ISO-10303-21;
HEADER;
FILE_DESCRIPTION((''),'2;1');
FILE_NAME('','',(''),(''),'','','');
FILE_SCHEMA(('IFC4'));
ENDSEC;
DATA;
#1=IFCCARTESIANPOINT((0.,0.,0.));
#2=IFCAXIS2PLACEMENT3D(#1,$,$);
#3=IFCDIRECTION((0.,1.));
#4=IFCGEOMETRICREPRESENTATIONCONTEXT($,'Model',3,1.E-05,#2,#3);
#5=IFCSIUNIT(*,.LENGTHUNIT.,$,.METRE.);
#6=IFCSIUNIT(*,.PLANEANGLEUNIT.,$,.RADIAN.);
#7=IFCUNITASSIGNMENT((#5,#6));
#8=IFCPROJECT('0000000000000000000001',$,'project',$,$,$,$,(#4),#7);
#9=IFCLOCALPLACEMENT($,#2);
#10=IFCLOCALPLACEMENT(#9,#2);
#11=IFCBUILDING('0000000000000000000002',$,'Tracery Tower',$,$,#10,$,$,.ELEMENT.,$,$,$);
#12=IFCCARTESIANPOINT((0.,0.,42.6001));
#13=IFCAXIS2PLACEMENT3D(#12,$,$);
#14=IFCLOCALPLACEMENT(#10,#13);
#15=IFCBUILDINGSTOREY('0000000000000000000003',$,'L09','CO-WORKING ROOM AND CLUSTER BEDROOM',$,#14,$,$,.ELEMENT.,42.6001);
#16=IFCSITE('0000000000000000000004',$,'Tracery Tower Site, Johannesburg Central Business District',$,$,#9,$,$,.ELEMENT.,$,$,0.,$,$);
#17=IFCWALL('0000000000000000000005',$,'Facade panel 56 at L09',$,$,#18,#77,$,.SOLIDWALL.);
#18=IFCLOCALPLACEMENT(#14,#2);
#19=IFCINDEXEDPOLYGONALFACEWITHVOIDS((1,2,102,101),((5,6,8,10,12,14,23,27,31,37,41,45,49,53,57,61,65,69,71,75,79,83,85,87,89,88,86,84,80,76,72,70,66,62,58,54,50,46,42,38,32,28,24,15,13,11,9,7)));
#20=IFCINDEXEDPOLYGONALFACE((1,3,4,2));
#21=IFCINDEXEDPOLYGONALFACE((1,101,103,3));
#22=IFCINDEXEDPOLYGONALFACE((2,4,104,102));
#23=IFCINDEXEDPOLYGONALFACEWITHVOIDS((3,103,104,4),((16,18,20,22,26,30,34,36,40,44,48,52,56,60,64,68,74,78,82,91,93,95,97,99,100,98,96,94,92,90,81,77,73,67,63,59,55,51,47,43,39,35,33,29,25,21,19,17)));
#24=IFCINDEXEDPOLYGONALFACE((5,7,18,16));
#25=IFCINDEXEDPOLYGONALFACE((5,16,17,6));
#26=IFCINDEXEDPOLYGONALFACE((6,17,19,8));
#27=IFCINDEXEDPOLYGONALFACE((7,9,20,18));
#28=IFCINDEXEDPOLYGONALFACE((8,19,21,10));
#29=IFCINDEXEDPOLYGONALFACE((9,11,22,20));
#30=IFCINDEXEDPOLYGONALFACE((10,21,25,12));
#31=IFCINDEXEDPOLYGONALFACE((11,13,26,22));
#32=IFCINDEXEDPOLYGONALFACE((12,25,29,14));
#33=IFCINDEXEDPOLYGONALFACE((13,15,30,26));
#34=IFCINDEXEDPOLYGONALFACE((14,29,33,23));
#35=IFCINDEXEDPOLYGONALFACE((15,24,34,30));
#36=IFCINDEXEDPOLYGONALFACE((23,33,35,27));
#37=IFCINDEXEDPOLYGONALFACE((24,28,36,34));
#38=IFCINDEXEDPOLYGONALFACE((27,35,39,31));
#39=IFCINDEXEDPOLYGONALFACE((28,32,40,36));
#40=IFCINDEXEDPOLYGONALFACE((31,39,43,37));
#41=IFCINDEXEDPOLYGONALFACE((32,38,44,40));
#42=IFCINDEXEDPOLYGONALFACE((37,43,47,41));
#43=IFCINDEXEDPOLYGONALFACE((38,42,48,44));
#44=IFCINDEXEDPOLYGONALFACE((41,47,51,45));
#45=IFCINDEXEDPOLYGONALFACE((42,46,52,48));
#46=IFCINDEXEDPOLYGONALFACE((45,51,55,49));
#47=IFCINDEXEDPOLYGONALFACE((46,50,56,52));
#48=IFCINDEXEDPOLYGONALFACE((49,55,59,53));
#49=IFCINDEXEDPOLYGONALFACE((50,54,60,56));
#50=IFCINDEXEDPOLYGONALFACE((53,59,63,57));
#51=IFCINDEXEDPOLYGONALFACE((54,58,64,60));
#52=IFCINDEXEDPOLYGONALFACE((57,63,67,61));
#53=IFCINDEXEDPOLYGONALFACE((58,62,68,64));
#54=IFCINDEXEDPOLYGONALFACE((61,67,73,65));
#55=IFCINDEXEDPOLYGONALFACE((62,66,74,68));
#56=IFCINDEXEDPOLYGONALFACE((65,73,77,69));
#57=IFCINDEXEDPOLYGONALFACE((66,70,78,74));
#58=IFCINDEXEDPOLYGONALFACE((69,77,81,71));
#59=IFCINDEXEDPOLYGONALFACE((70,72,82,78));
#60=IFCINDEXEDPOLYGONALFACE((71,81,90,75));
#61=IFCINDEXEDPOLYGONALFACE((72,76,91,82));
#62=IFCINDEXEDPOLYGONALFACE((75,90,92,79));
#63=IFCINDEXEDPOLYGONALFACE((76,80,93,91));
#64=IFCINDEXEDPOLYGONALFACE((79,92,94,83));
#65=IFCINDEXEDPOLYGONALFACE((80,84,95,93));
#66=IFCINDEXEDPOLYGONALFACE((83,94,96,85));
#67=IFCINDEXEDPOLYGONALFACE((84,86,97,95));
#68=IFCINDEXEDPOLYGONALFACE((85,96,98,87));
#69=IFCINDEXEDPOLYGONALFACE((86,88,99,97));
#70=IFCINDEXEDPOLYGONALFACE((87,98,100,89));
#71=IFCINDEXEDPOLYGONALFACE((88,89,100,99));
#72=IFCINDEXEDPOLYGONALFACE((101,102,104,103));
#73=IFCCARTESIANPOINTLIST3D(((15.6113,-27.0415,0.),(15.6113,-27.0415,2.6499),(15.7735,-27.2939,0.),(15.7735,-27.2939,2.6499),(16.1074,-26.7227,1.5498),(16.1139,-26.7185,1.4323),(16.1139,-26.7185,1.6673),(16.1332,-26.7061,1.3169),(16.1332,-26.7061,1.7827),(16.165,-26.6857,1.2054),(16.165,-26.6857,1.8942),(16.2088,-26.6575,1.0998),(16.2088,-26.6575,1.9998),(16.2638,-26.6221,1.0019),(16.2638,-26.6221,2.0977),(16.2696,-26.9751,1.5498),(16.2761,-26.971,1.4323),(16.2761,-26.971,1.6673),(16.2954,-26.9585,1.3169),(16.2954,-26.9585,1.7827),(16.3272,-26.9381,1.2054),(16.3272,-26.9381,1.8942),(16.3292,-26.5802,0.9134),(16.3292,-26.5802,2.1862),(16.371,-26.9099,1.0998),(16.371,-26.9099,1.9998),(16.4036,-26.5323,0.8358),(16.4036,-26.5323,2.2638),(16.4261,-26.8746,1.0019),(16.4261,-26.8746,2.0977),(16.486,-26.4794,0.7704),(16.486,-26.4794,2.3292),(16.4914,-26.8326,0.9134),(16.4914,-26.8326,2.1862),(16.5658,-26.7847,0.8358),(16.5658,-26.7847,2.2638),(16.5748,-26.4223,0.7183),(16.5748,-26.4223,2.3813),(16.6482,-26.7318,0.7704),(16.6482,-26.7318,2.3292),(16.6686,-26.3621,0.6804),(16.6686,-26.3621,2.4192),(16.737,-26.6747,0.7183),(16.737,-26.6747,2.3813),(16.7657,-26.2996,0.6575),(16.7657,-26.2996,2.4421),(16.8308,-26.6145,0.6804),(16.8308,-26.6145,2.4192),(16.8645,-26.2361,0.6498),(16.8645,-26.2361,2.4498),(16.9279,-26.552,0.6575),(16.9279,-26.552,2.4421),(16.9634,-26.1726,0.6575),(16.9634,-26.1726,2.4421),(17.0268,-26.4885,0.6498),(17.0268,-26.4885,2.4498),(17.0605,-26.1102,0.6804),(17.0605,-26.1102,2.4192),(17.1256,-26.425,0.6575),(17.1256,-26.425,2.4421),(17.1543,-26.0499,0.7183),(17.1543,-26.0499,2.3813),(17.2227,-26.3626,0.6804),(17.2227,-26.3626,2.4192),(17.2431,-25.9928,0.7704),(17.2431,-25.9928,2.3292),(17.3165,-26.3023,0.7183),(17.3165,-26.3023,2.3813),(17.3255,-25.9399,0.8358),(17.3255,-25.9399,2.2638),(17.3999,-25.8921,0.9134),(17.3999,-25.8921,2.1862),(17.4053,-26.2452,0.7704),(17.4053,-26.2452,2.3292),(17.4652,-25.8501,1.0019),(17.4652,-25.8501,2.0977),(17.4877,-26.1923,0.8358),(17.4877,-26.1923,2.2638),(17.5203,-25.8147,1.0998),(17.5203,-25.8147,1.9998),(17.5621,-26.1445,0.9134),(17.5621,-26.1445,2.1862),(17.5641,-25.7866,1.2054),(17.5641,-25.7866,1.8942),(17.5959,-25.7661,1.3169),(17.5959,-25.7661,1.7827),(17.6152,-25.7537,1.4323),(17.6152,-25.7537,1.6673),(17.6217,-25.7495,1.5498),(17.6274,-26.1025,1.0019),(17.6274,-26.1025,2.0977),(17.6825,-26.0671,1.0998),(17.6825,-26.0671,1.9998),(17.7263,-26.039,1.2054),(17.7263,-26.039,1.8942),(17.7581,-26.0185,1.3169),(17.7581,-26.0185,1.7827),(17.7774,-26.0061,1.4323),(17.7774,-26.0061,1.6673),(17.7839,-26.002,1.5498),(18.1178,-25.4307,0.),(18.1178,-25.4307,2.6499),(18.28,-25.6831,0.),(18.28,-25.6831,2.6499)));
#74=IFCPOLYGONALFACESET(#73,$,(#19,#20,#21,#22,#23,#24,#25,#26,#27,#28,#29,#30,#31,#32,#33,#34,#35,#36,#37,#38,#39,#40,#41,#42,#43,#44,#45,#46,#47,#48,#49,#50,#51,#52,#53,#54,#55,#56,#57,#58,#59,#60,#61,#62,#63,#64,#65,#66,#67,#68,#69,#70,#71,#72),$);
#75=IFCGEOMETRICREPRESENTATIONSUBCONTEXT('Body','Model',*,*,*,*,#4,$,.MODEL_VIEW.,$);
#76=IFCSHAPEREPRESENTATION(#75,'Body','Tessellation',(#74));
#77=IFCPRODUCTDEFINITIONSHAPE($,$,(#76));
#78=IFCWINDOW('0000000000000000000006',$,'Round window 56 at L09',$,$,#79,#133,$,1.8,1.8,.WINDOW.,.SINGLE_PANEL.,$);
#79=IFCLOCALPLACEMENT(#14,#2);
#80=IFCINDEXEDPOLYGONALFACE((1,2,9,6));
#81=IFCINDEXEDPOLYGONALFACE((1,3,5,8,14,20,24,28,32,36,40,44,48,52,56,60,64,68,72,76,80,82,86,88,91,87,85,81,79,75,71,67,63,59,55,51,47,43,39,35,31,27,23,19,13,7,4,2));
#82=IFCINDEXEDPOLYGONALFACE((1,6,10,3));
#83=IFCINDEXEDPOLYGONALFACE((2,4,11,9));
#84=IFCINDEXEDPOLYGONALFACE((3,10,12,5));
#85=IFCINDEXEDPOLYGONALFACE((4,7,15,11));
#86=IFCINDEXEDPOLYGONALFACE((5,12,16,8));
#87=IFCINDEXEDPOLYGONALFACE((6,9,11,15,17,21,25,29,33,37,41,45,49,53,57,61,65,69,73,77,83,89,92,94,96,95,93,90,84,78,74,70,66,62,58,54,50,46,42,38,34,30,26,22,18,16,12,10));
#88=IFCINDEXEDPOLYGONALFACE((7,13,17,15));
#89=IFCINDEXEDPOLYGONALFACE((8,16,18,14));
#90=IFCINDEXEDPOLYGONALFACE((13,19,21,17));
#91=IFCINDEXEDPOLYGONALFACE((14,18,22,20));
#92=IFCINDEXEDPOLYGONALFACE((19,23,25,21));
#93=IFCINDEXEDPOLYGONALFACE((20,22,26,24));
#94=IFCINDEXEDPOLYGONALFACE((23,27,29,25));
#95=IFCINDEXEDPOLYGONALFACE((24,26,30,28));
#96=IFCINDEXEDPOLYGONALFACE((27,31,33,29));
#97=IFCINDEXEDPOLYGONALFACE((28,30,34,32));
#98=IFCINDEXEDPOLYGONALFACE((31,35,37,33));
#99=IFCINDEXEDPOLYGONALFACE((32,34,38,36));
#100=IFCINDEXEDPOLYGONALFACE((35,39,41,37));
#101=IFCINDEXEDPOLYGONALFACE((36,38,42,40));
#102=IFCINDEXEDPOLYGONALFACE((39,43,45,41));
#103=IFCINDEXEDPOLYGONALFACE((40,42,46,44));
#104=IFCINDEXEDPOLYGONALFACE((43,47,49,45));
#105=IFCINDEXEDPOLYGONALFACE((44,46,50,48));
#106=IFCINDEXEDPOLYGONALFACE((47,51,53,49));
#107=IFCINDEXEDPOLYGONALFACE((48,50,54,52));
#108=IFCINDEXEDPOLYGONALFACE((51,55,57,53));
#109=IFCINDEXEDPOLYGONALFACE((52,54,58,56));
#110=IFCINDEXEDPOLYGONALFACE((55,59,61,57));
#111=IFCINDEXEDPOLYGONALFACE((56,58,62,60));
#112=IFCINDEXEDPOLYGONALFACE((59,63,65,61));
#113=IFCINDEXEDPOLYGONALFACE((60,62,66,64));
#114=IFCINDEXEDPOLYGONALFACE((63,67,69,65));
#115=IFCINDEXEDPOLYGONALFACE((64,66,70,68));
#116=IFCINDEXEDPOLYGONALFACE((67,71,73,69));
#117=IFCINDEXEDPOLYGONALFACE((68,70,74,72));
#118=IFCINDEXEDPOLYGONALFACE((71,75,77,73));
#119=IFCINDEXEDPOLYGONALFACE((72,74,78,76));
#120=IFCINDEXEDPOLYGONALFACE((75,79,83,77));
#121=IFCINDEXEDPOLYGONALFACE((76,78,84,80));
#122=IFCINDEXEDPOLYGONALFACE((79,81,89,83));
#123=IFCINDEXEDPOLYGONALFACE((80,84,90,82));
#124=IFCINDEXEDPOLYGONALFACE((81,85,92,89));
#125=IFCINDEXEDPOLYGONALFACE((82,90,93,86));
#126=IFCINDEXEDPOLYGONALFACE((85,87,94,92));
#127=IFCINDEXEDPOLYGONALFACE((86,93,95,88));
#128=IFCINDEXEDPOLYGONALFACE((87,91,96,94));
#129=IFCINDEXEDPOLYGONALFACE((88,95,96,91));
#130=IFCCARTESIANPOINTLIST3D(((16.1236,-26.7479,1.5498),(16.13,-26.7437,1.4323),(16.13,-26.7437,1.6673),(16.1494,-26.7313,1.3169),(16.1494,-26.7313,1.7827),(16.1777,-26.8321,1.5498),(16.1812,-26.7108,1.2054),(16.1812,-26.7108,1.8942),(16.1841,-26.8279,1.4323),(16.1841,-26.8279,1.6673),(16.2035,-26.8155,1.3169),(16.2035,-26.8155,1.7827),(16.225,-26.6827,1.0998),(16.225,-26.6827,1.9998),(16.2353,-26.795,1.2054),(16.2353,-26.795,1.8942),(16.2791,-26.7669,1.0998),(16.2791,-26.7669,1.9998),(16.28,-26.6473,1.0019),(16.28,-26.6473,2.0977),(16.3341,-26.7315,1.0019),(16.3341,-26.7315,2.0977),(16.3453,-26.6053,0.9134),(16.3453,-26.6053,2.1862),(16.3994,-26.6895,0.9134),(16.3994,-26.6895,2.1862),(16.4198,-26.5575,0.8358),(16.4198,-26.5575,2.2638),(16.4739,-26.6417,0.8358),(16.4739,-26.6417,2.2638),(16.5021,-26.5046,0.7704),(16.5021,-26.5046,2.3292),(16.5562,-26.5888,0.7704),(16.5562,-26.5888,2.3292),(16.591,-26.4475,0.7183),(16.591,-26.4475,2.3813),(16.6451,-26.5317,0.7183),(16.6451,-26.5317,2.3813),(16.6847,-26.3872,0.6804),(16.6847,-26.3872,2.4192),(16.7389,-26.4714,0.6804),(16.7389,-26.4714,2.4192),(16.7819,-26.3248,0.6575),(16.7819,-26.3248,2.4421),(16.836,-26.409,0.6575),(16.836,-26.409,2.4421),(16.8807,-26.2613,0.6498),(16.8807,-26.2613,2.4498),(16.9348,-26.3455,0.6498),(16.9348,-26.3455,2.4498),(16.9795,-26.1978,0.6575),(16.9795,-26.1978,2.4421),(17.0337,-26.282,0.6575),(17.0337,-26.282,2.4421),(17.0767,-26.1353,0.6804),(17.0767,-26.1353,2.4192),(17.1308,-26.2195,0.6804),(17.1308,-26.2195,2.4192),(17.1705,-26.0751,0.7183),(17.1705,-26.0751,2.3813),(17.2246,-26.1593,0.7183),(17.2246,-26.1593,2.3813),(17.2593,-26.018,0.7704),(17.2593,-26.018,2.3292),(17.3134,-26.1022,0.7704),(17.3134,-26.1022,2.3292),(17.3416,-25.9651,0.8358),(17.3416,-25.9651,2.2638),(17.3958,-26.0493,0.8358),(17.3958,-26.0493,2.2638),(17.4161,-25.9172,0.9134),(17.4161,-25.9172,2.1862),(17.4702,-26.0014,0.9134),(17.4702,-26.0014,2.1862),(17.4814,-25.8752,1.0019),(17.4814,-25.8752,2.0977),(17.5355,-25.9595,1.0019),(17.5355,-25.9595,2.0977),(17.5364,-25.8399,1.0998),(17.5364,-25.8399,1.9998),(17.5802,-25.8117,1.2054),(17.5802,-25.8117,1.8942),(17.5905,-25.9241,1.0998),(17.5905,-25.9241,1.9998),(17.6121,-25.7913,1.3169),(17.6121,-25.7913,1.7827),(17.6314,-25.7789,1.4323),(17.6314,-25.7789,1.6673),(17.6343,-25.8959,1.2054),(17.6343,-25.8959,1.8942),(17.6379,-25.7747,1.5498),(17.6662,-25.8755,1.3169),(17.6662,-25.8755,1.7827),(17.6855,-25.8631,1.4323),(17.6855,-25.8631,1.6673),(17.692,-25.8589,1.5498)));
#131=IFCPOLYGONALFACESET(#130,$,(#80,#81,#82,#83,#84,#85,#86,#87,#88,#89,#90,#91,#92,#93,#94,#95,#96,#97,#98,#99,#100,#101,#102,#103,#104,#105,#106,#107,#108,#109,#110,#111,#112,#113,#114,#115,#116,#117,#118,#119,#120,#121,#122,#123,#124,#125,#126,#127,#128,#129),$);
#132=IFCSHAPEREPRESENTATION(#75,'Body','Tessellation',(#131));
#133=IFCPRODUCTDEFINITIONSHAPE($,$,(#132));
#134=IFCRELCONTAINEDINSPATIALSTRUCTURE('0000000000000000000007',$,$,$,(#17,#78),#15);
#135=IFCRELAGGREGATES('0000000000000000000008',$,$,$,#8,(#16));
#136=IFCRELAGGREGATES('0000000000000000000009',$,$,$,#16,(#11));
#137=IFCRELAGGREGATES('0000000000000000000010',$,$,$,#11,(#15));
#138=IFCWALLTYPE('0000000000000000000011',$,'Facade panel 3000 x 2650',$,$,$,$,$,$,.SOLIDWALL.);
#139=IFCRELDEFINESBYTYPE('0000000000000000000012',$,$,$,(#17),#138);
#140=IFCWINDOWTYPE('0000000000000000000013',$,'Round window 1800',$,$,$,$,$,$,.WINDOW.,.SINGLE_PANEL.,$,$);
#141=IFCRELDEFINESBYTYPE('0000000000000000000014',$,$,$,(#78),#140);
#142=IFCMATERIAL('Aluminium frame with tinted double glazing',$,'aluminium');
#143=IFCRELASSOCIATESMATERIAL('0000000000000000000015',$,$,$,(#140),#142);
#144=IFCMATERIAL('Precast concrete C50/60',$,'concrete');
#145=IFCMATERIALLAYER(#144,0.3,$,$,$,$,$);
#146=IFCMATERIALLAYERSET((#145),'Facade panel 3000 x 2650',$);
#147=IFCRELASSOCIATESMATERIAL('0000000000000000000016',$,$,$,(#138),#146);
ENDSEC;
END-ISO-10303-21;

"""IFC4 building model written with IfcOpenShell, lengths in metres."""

from ifc_helpers import new_model, si_unit, direction, frame, frame_2d, origin, origin_2d, place, context, subcontext, project, spatial, rectangle, circle, extrude, material, layer, layer_set, type_object, element, fill, save


model = new_model("IFC4")

# Units and contexts
model_context = context("Model", 3, precision=1e-05, world=origin(), true_north=direction((0.0, 1.0)))
body_context = subcontext(model_context, "Body", "Model", "MODEL_VIEW")
ifc_project = project(units=[si_unit("LENGTHUNIT", "METRE"), si_unit("PLANEANGLEUNIT", "RADIAN")], contexts=[model_context])

# Site, building, storey
site_placement = place(None, origin())
site = spatial("IfcSite", under=ifc_project, at=site_placement, Name="Tracery Tower Site, Johannesburg Central Business District", CompositionType="ELEMENT", RefElevation=0.0)
building_placement = place(site_placement, origin())
building = spatial("IfcBuilding", under=site, at=building_placement, Name="Tracery Tower", CompositionType="ELEMENT")
storey_placement = place(building_placement, frame((0.0, 0.0, 42.6001)))
storey = spatial("IfcBuildingStorey", under=building, at=storey_placement, Name="L09", Description="CO-WORKING ROOM AND CLUSTER BEDROOM", CompositionType="ELEMENT", Elevation=42.6001)

# Wall, opening, window
ifc_material_1 = material(Name="Aluminium frame with tinted double glazing", Category="aluminium")
window_type = type_object("IfcWindowType", Name="Round window 1800", PartitioningType="SINGLE_PANEL", PredefinedType="WINDOW", material=ifc_material_1)
ifc_material_2 = material(Name="Precast concrete C50/60", Category="concrete")
ifc_layer_1 = layer(ifc_material_2, 0.3)
ifc_layer_set_1 = layer_set([ifc_layer_1], Name="Facade panel 3000 x 2650")
wall_type_1 = type_object("IfcWallType", Name="Facade panel 3000 x 2650", PredefinedType="SOLIDWALL", material=ifc_layer_set_1)
wall_1_placement = place(storey_placement, frame((15.6924, -27.1677, 0.0), z_axis=(0.0, 0.0, 1.0), x_axis=(0.841261, 0.540629, 0.0)))
wall_1 = element("IfcWall", 1, at=wall_1_placement, inside=storey, type_object=wall_type_1, Name="Facade panel 56 at L09", PredefinedType="SOLIDWALL", context=body_context, shape_type="SweptSolid", body=[
    extrude(rectangle(XDim=2.9795, YDim=0.3, at=frame_2d((1.4897, 0.0))), origin(), (0.0, 0.0, 1.0), 2.6499),
])
opening_1_placement = place(wall_1_placement, frame((1.4897, 0.0, 1.5498)))
opening_1 = element("IfcOpeningElement", 2, at=opening_1_placement, cuts=wall_1, PredefinedType="OPENING", context=body_context, shape_type="SweptSolid", body=[
    extrude(circle(Radius=0.9, at=origin_2d()), frame((0.0, 0.1599, 0.0), z_axis=(0.0, -1.0, 0.0), x_axis=(1.0, 0.0, 0.0)), (0.0, 0.0, 1.0), 0.3201),
])
window_1_placement = place(opening_1_placement, origin())
window_1 = element("IfcWindow", 3, at=window_1_placement, inside=storey, type_object=window_type, Name="Round window 56 at L09", OverallHeight=1.8, OverallWidth=1.8, PartitioningType="SINGLE_PANEL", PredefinedType="WINDOW", context=body_context, shape_type="SweptSolid", body=[
    extrude(circle(Radius=0.9, at=origin_2d()), frame((0.0, 0.1201, 0.0), z_axis=(0.0, -1.0, 0.0), x_axis=(1.0, 0.0, 0.0)), (0.0, 0.0, 1.0), 0.1001),
])
fill(opening_1, window_1)

save(model, "model.ifc")
